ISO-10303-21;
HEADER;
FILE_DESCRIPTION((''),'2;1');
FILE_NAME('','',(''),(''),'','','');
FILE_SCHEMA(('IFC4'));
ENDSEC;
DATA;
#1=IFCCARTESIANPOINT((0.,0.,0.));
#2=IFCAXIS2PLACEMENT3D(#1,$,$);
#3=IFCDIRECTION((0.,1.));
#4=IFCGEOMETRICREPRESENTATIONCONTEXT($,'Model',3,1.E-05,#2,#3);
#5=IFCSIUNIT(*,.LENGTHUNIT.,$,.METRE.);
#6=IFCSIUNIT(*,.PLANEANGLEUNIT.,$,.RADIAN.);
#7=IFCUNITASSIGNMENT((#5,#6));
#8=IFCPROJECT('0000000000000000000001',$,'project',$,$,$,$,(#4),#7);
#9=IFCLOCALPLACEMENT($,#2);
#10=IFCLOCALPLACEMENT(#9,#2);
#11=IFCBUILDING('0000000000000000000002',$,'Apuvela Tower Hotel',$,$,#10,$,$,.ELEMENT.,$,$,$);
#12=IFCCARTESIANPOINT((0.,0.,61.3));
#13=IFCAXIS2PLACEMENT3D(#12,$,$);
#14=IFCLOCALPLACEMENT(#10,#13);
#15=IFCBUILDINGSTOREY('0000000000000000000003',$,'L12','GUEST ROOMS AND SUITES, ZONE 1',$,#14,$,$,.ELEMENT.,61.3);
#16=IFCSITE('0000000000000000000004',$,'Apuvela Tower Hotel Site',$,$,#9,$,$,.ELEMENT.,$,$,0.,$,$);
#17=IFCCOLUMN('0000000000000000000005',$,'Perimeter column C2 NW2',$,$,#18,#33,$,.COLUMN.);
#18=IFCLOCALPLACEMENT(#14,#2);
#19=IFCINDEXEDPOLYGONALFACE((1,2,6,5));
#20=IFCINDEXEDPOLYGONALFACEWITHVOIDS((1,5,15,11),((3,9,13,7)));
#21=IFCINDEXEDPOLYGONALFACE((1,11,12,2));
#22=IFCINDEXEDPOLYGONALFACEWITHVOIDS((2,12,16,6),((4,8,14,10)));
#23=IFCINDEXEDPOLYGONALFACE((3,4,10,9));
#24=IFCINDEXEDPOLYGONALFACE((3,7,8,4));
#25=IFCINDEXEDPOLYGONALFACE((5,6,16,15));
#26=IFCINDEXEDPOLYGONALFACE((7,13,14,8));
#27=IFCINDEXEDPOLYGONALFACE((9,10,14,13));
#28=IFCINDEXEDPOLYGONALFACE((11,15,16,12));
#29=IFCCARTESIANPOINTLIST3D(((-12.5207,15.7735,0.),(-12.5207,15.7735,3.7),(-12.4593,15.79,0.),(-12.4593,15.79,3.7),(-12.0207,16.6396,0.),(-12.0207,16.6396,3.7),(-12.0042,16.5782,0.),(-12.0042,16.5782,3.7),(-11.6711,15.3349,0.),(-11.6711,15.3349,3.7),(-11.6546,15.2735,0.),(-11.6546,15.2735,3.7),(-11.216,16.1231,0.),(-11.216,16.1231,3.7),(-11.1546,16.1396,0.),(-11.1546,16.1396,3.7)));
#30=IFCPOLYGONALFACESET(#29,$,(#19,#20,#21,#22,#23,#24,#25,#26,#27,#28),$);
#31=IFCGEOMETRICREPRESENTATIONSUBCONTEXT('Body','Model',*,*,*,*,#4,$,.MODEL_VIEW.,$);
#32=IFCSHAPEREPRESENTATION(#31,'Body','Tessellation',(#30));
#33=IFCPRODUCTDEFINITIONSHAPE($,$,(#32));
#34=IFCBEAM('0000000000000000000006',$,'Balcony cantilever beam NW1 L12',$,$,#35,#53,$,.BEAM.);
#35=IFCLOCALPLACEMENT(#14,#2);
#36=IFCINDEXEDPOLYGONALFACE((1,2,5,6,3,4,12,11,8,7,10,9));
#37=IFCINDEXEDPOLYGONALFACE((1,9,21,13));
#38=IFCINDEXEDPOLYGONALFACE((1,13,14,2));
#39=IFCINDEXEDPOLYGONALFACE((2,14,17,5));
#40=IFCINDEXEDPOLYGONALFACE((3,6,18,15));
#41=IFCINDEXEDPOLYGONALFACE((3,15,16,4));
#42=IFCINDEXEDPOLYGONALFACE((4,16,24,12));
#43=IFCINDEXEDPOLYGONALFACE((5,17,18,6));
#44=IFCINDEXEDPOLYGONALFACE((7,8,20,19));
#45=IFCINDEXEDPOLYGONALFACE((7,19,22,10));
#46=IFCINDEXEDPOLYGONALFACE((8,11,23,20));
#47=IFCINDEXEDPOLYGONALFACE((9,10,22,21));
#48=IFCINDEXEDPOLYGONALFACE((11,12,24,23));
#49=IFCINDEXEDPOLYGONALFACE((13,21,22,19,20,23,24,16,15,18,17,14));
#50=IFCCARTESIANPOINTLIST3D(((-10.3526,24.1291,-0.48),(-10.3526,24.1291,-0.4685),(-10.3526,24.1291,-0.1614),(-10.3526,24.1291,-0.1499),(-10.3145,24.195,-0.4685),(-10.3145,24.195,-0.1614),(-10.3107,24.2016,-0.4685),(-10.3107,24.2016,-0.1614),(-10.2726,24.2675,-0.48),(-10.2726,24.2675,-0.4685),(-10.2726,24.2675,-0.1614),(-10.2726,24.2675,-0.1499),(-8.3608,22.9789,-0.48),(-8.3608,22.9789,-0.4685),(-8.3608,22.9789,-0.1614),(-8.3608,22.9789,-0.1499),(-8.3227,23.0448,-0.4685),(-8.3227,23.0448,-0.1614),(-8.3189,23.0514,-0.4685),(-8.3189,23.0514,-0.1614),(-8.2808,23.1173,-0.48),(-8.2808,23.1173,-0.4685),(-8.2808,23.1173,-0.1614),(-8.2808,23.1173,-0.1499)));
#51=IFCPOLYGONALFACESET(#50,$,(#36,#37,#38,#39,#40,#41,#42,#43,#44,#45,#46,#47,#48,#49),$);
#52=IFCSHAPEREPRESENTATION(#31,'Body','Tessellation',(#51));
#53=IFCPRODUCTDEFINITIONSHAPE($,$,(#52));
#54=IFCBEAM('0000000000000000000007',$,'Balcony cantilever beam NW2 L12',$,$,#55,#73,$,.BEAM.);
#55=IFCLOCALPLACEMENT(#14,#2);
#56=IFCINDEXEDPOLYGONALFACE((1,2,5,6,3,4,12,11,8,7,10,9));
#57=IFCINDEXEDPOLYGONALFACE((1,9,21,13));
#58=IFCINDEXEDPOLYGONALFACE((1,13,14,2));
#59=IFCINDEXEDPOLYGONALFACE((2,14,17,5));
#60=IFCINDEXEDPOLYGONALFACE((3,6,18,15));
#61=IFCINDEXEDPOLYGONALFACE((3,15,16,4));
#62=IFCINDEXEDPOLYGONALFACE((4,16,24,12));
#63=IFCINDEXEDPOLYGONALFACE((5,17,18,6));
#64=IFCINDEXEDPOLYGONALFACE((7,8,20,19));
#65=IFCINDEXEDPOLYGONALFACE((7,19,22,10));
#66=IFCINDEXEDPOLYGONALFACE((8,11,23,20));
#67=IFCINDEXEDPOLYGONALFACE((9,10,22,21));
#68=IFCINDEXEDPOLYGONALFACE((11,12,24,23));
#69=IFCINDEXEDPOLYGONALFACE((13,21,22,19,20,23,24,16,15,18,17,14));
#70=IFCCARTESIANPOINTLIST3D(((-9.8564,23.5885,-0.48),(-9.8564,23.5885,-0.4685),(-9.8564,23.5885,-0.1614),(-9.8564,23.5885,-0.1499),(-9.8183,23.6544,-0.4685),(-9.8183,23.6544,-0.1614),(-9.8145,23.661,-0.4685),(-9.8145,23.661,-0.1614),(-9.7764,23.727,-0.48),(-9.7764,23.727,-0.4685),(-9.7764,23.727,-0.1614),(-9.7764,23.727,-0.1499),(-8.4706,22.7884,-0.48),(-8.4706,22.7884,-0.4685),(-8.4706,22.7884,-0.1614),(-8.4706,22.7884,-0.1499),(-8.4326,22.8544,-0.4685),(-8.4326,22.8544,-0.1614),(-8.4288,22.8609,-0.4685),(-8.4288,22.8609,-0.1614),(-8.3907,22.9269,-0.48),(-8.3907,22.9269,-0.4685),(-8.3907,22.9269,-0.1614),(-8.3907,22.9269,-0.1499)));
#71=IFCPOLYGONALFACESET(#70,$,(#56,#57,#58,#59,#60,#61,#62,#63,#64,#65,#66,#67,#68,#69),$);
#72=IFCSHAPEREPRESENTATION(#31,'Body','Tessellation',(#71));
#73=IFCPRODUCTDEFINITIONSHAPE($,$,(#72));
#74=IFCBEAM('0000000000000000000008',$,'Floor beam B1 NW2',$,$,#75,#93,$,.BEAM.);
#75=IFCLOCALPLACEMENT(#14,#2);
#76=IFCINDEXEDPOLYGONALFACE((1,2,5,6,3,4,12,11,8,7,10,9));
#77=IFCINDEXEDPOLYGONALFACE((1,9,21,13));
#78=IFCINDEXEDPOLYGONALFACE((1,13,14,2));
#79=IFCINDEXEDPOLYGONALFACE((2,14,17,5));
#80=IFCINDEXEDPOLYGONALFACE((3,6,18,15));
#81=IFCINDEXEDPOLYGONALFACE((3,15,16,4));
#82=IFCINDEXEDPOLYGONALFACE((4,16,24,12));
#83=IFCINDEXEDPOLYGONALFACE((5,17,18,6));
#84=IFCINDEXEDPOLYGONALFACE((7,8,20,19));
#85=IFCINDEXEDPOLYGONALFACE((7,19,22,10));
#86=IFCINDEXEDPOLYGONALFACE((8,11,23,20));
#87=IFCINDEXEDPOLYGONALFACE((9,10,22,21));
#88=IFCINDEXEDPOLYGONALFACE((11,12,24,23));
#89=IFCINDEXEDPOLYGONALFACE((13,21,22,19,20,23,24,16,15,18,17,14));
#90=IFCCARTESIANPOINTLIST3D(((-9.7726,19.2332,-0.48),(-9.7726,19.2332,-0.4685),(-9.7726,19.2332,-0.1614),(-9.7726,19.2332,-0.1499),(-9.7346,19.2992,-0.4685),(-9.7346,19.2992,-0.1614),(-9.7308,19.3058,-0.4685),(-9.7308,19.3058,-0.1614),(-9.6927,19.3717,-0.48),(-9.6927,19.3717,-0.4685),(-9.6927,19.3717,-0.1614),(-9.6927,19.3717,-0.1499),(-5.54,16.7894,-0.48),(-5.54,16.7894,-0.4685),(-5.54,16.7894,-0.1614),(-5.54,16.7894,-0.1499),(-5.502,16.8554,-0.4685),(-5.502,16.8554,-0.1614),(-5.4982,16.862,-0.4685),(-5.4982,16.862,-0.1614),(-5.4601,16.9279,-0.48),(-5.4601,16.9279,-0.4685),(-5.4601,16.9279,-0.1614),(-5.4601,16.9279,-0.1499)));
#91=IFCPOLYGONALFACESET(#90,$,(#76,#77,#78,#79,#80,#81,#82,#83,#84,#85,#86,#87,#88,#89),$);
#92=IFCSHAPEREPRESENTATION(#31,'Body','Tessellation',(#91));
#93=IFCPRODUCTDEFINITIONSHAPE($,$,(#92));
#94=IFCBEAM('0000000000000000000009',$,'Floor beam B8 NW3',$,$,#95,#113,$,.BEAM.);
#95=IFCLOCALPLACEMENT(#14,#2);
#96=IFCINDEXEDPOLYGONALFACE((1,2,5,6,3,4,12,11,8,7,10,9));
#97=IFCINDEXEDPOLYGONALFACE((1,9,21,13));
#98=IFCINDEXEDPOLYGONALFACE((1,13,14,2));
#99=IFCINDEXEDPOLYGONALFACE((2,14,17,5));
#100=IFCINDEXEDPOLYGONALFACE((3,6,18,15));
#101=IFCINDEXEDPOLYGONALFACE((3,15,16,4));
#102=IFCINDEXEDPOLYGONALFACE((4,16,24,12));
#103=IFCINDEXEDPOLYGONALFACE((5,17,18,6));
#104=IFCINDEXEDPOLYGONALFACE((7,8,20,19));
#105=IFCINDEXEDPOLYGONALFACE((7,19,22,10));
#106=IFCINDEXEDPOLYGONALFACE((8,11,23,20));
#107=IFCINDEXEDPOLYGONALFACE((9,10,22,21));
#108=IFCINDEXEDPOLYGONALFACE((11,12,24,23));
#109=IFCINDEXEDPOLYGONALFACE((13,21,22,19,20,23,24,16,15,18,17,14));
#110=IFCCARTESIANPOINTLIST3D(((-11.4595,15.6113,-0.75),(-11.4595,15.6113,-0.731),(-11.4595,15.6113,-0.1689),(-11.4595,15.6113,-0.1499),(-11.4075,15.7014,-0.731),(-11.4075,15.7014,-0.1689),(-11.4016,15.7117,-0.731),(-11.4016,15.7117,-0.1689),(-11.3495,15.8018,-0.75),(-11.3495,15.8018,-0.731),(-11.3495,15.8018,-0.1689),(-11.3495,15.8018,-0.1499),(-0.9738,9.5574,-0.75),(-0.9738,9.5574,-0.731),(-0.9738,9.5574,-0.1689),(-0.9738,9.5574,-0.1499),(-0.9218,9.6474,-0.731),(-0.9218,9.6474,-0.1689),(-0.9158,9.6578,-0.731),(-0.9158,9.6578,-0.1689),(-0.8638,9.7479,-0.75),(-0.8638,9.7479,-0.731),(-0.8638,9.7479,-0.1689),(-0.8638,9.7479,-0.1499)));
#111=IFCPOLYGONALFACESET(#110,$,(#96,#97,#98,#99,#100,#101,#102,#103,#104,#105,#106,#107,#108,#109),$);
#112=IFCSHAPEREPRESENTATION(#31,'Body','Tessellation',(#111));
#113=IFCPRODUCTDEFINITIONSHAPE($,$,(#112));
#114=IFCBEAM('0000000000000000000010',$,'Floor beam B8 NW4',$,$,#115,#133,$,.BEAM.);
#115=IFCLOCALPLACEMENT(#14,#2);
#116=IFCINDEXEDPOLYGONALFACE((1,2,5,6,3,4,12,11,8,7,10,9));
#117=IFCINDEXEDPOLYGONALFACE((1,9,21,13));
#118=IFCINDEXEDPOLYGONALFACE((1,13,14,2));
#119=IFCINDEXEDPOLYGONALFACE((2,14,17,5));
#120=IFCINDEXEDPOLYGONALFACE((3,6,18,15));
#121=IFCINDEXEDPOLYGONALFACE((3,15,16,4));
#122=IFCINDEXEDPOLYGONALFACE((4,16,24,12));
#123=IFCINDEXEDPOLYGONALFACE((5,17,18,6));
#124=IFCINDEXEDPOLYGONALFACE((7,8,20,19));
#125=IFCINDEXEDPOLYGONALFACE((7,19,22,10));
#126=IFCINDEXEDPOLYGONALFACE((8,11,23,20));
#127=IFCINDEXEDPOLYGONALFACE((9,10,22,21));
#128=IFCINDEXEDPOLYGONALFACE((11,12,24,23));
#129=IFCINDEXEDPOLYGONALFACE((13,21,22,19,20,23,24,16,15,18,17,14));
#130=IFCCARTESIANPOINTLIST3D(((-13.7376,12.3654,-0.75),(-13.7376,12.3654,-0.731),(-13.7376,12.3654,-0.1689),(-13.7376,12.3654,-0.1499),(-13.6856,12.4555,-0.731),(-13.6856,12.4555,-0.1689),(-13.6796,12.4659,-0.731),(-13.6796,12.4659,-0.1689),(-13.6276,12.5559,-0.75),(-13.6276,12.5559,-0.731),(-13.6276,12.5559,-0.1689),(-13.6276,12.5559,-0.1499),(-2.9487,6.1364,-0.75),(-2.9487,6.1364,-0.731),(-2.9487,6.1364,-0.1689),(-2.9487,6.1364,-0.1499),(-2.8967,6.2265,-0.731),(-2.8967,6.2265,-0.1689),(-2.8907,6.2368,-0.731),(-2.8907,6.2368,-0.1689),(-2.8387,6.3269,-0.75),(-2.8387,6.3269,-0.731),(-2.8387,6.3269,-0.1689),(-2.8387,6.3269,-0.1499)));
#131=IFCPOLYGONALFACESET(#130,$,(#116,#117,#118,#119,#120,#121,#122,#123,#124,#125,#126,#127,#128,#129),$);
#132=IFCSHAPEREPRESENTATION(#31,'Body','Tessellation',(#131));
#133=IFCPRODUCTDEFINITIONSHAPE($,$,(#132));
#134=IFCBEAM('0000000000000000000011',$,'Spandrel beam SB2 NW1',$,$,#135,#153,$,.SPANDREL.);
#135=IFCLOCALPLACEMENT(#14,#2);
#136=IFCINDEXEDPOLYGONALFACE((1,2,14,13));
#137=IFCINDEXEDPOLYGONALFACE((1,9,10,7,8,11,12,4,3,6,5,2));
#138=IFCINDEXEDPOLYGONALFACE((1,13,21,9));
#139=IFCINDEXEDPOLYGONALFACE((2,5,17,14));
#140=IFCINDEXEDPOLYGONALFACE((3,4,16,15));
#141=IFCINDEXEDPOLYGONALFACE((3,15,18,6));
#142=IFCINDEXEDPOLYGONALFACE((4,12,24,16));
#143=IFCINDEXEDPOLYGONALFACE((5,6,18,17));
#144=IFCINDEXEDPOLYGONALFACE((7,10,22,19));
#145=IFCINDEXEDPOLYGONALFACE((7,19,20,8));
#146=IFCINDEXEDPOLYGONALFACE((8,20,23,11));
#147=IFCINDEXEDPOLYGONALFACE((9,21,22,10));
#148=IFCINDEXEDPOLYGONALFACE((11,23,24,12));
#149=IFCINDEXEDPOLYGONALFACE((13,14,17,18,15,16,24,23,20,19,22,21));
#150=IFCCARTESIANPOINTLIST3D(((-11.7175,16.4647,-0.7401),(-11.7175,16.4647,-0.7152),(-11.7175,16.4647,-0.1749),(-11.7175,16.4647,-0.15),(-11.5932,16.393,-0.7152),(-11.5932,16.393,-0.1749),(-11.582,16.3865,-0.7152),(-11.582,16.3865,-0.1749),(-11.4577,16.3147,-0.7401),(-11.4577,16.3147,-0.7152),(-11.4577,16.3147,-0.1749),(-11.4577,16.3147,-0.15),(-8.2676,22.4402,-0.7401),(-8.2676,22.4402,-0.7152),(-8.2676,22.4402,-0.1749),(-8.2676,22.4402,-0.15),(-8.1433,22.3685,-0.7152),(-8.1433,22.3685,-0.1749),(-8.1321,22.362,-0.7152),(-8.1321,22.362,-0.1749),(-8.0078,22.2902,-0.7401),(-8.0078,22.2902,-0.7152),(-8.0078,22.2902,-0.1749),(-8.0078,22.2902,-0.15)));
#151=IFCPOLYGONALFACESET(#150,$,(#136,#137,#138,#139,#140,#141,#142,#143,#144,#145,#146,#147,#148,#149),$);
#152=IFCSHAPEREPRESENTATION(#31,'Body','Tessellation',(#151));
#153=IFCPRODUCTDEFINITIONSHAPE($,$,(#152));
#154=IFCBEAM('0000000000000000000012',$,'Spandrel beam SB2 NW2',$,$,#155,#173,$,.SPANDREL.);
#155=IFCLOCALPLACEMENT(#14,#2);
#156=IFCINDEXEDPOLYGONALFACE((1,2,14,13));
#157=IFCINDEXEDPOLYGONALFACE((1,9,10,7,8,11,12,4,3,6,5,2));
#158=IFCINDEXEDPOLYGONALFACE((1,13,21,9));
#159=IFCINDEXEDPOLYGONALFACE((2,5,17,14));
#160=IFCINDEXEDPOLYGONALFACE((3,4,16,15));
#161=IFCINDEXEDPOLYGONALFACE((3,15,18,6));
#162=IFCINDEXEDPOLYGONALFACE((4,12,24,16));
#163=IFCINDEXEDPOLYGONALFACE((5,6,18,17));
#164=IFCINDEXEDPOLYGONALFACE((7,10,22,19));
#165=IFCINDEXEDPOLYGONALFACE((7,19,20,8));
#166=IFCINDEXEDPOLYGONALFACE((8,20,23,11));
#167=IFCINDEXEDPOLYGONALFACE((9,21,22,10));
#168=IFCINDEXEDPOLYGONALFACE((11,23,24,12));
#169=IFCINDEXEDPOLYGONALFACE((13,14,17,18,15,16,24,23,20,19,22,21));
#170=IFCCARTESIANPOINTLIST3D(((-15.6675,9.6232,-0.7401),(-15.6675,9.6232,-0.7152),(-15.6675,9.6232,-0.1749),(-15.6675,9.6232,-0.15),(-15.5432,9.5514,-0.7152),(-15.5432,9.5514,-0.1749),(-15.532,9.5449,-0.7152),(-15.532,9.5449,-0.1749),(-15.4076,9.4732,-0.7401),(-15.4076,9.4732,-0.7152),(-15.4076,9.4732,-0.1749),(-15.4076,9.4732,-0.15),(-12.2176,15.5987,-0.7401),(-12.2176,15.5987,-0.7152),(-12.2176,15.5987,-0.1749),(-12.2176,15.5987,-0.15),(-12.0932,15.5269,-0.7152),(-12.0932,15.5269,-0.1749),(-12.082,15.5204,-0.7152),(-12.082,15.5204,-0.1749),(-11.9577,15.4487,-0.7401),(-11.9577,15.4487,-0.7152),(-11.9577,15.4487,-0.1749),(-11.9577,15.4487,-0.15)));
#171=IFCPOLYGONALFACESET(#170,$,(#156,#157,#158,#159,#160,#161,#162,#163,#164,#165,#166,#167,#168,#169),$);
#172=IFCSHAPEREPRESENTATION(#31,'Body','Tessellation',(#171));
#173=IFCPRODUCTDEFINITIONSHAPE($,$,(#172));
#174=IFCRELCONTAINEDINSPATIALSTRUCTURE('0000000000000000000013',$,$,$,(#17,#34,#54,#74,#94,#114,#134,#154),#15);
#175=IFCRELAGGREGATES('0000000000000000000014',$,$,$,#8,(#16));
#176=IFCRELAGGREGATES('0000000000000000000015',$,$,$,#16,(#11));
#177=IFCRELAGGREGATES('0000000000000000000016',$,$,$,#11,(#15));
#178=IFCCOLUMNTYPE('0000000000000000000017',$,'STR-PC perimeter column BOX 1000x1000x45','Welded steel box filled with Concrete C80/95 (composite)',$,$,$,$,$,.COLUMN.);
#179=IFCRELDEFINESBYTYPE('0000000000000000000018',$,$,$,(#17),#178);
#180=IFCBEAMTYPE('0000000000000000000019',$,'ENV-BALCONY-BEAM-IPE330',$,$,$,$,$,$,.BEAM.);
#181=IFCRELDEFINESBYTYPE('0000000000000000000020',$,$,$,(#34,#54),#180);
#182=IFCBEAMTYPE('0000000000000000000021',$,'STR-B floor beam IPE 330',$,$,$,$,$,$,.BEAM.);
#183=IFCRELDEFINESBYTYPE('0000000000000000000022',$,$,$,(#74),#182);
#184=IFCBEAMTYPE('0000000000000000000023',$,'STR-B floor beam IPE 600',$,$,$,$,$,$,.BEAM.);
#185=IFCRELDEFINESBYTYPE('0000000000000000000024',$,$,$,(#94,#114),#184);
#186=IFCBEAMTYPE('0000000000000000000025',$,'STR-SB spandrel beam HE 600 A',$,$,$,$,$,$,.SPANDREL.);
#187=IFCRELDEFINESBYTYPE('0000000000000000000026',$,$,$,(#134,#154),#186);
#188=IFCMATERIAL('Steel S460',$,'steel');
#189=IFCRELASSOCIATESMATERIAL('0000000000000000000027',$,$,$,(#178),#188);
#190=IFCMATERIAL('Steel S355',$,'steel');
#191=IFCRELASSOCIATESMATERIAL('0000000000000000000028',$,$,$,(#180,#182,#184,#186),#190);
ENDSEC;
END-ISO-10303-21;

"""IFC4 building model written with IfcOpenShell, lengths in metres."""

from ifc_helpers import new_model, si_unit, direction, frame, origin, origin_2d, place, context, subcontext, project, spatial, rectangle, hollow_rectangle, i_section, extrude, material, material_profile, profile_set, type_object, element, save


model = new_model("IFC4")

# Units and contexts
model_context = context("Model", 3, precision=1e-05, world=origin(), true_north=direction((0.0, 1.0)))
body_context = subcontext(model_context, "Body", "Model", "MODEL_VIEW")
ifc_project = project(units=[si_unit("LENGTHUNIT", "METRE"), si_unit("PLANEANGLEUNIT", "RADIAN")], contexts=[model_context])

# Site, building, storey
site_placement = place(None, origin())
site = spatial("IfcSite", under=ifc_project, at=site_placement, Name="Apuvela Tower Hotel Site", CompositionType="ELEMENT", RefElevation=0.0)
building_placement = place(site_placement, origin())
building = spatial("IfcBuilding", under=site, at=building_placement, Name="Apuvela Tower Hotel", CompositionType="ELEMENT")
storey_placement = place(building_placement, frame((0.0, 0.0, 61.3)))
storey = spatial("IfcBuildingStorey", under=building, at=storey_placement, Name="L12", Description="GUEST ROOMS AND SUITES, ZONE 1", CompositionType="ELEMENT", Elevation=61.3)

# Column
ifc_material_1 = material(Name="Steel S460", Category="steel")
ifc_material_profile_1 = material_profile(ifc_material_1, hollow_rectangle(XDim=1.0, YDim=1.0, WallThickness=0.0449, at=origin_2d()), Name="BOX 1000x1000x45")
ifc_material_2 = material(Name="Concrete C80/95", Category="concrete")
ifc_material_profile_2 = material_profile(ifc_material_2, rectangle(XDim=0.9099, YDim=0.9099, at=origin_2d()), Name="Concrete C80/95 infill")
ifc_profile_set_1 = profile_set([ifc_material_profile_1, ifc_material_profile_2], Name="Steel S460")
column_type = type_object("IfcColumnType", Name="STR-PC perimeter column BOX 1000x1000x45", Description="Welded steel box filled with Concrete C80/95 (composite)", PredefinedType="COLUMN", material=ifc_profile_set_1)
column_placement = place(storey_placement, frame((-11.8376, 15.9565, 0.0), z_axis=(0.0, 0.0, 1.0), x_axis=(0.5, 0.866025, 0.0)))
element("IfcColumn", 1, at=column_placement, inside=storey, type_object=column_type, Name="Perimeter column C2 NW2", PredefinedType="COLUMN", context=body_context, shape_type="SweptSolid", body=[
    extrude(hollow_rectangle(XDim=1.0, YDim=1.0, WallThickness=0.0449, at=origin_2d()), origin(), (0.0, 0.0, 1.0), 3.7),
])

# Beams
ifc_material_3 = material(Name="Steel S355", Category="steel")
ifc_material_profile_3 = material_profile(ifc_material_3, i_section(OverallWidth=0.1599, OverallDepth=0.3301, WebThickness=0.0076, FlangeThickness=0.0115, at=origin_2d()), Name="IPE 330")
ifc_profile_set_2 = profile_set([ifc_material_profile_3], Name="Steel S355")
beam_type_1 = type_object("IfcBeamType", Name="ENV-BALCONY-BEAM-IPE330", PredefinedType="BEAM", material=ifc_profile_set_2)
beam_1_placement = place(storey_placement, frame((-8.3208, 23.0481, -0.3149), z_axis=(-0.865981, 0.500078, 0.0), x_axis=(-0.500078, -0.865981, 0.0)))
element("IfcBeam", 2, at=beam_1_placement, inside=storey, type_object=beam_type_1, Name="Balcony cantilever beam NW1 L12", PredefinedType="BEAM", context=body_context, shape_type="SweptSolid", body=[
    extrude(i_section(OverallWidth=0.1599, OverallDepth=0.3301, WebThickness=0.0076, FlangeThickness=0.0115, at=origin_2d()), origin(), (0.0, 0.0, 1.0), 2.3),
])
beam_2_placement = place(storey_placement, frame((-8.4307, 22.8577, -0.3149), z_axis=(-0.866028, 0.499995, 0.0), x_axis=(-0.499995, -0.866028, 0.0)))
element("IfcBeam", 3, at=beam_2_placement, inside=storey, type_object=beam_type_1, Name="Balcony cantilever beam NW2 L12", PredefinedType="BEAM", context=body_context, shape_type="SweptSolid", body=[
    extrude(i_section(OverallWidth=0.1599, OverallDepth=0.3301, WebThickness=0.0076, FlangeThickness=0.0115, at=origin_2d()), origin(), (0.0, 0.0, 1.0), 1.6001),
])
ifc_material_profile_4 = material_profile(ifc_material_3, i_section(OverallWidth=0.1599, OverallDepth=0.3301, WebThickness=0.0076, FlangeThickness=0.0115, at=origin_2d()), Name="IPE 330")
ifc_profile_set_3 = profile_set([ifc_material_profile_4], Name="Steel S355")
beam_type_2 = type_object("IfcBeamType", Name="STR-B floor beam IPE 330", PredefinedType="BEAM", material=ifc_profile_set_3)
beam_3_placement = place(storey_placement, frame((-9.7327, 19.3025, -0.3149), z_axis=(0.866015, -0.500018, 0.0), x_axis=(0.500018, 0.866015, 0.0)))
element("IfcBeam", 4, at=beam_3_placement, inside=storey, type_object=beam_type_2, Name="Floor beam B1 NW2", PredefinedType="BEAM", context=body_context, shape_type="SweptSolid", body=[
    extrude(i_section(OverallWidth=0.1599, OverallDepth=0.3301, WebThickness=0.0076, FlangeThickness=0.0115, at=origin_2d()), origin(), (0.0, 0.0, 1.0), 4.8875),
])
ifc_material_profile_5 = material_profile(ifc_material_3, i_section(OverallWidth=0.22, OverallDepth=0.6001, WebThickness=0.012, FlangeThickness=0.019, at=origin_2d()), Name="IPE 600")
ifc_profile_set_4 = profile_set([ifc_material_profile_5], Name="Steel S355")
beam_type_3 = type_object("IfcBeamType", Name="STR-B floor beam IPE 600", PredefinedType="BEAM", material=ifc_profile_set_4)
beam_4_placement = place(storey_placement, frame((-11.4045, 15.7065, -0.45), z_axis=(0.866027, -0.499997, 0.0), x_axis=(0.499997, 0.866027, 0.0)))
element("IfcBeam", 5, at=beam_4_placement, inside=storey, type_object=beam_type_3, Name="Floor beam B8 NW3", PredefinedType="BEAM", context=body_context, shape_type="SweptSolid", body=[
    extrude(i_section(OverallWidth=0.22, OverallDepth=0.6001, WebThickness=0.012, FlangeThickness=0.019, at=origin_2d()), origin(), (0.0, 0.0, 1.0), 12.1079),
])
beam_5_placement = place(storey_placement, frame((-13.6826, 12.4607, -0.45), z_axis=(0.866023, -0.500005, 0.0), x_axis=(0.500005, 0.866023, 0.0)))
element("IfcBeam", 6, at=beam_5_placement, inside=storey, type_object=beam_type_3, Name="Floor beam B8 NW4", PredefinedType="BEAM", context=body_context, shape_type="SweptSolid", body=[
    extrude(i_section(OverallWidth=0.22, OverallDepth=0.6001, WebThickness=0.012, FlangeThickness=0.019, at=origin_2d()), origin(), (0.0, 0.0, 1.0), 12.458),
])
ifc_material_profile_6 = material_profile(ifc_material_3, i_section(OverallWidth=0.3, OverallDepth=0.5901, WebThickness=0.0129, FlangeThickness=0.0249, at=origin_2d()), Name="HE 600 A")
ifc_profile_set_5 = profile_set([ifc_material_profile_6], Name="Steel S355")
beam_type_4 = type_object("IfcBeamType", Name="STR-SB spandrel beam HE 600 A", PredefinedType="SPANDREL", material=ifc_profile_set_5)
for number, where, z_axis, x_axis, name in (
    (7, (-8.1377, 22.3652, -0.4451), (-0.499994, -0.866029, 0.0), (0.866029, -0.499994, 0.0), "Spandrel beam SB2 NW1"),
    (8, (-12.0876, 15.5237, -0.4451), (-0.499994, -0.866029, 0.0), (0.866029, -0.499994, 0.0), "Spandrel beam SB2 NW2"),
):
    element("IfcBeam", number, at=place(storey_placement, frame(where, z_axis=z_axis, x_axis=x_axis)), inside=storey, type_object=beam_type_4, Name=name, PredefinedType="SPANDREL", context=body_context, shape_type="SweptSolid", body=[
        extrude(i_section(OverallWidth=0.3, OverallDepth=0.5901, WebThickness=0.0129, FlangeThickness=0.0249, at=origin_2d()), origin(), (0.0, 0.0, 1.0), 6.8999),
    ])

save(model, "model.ifc")
